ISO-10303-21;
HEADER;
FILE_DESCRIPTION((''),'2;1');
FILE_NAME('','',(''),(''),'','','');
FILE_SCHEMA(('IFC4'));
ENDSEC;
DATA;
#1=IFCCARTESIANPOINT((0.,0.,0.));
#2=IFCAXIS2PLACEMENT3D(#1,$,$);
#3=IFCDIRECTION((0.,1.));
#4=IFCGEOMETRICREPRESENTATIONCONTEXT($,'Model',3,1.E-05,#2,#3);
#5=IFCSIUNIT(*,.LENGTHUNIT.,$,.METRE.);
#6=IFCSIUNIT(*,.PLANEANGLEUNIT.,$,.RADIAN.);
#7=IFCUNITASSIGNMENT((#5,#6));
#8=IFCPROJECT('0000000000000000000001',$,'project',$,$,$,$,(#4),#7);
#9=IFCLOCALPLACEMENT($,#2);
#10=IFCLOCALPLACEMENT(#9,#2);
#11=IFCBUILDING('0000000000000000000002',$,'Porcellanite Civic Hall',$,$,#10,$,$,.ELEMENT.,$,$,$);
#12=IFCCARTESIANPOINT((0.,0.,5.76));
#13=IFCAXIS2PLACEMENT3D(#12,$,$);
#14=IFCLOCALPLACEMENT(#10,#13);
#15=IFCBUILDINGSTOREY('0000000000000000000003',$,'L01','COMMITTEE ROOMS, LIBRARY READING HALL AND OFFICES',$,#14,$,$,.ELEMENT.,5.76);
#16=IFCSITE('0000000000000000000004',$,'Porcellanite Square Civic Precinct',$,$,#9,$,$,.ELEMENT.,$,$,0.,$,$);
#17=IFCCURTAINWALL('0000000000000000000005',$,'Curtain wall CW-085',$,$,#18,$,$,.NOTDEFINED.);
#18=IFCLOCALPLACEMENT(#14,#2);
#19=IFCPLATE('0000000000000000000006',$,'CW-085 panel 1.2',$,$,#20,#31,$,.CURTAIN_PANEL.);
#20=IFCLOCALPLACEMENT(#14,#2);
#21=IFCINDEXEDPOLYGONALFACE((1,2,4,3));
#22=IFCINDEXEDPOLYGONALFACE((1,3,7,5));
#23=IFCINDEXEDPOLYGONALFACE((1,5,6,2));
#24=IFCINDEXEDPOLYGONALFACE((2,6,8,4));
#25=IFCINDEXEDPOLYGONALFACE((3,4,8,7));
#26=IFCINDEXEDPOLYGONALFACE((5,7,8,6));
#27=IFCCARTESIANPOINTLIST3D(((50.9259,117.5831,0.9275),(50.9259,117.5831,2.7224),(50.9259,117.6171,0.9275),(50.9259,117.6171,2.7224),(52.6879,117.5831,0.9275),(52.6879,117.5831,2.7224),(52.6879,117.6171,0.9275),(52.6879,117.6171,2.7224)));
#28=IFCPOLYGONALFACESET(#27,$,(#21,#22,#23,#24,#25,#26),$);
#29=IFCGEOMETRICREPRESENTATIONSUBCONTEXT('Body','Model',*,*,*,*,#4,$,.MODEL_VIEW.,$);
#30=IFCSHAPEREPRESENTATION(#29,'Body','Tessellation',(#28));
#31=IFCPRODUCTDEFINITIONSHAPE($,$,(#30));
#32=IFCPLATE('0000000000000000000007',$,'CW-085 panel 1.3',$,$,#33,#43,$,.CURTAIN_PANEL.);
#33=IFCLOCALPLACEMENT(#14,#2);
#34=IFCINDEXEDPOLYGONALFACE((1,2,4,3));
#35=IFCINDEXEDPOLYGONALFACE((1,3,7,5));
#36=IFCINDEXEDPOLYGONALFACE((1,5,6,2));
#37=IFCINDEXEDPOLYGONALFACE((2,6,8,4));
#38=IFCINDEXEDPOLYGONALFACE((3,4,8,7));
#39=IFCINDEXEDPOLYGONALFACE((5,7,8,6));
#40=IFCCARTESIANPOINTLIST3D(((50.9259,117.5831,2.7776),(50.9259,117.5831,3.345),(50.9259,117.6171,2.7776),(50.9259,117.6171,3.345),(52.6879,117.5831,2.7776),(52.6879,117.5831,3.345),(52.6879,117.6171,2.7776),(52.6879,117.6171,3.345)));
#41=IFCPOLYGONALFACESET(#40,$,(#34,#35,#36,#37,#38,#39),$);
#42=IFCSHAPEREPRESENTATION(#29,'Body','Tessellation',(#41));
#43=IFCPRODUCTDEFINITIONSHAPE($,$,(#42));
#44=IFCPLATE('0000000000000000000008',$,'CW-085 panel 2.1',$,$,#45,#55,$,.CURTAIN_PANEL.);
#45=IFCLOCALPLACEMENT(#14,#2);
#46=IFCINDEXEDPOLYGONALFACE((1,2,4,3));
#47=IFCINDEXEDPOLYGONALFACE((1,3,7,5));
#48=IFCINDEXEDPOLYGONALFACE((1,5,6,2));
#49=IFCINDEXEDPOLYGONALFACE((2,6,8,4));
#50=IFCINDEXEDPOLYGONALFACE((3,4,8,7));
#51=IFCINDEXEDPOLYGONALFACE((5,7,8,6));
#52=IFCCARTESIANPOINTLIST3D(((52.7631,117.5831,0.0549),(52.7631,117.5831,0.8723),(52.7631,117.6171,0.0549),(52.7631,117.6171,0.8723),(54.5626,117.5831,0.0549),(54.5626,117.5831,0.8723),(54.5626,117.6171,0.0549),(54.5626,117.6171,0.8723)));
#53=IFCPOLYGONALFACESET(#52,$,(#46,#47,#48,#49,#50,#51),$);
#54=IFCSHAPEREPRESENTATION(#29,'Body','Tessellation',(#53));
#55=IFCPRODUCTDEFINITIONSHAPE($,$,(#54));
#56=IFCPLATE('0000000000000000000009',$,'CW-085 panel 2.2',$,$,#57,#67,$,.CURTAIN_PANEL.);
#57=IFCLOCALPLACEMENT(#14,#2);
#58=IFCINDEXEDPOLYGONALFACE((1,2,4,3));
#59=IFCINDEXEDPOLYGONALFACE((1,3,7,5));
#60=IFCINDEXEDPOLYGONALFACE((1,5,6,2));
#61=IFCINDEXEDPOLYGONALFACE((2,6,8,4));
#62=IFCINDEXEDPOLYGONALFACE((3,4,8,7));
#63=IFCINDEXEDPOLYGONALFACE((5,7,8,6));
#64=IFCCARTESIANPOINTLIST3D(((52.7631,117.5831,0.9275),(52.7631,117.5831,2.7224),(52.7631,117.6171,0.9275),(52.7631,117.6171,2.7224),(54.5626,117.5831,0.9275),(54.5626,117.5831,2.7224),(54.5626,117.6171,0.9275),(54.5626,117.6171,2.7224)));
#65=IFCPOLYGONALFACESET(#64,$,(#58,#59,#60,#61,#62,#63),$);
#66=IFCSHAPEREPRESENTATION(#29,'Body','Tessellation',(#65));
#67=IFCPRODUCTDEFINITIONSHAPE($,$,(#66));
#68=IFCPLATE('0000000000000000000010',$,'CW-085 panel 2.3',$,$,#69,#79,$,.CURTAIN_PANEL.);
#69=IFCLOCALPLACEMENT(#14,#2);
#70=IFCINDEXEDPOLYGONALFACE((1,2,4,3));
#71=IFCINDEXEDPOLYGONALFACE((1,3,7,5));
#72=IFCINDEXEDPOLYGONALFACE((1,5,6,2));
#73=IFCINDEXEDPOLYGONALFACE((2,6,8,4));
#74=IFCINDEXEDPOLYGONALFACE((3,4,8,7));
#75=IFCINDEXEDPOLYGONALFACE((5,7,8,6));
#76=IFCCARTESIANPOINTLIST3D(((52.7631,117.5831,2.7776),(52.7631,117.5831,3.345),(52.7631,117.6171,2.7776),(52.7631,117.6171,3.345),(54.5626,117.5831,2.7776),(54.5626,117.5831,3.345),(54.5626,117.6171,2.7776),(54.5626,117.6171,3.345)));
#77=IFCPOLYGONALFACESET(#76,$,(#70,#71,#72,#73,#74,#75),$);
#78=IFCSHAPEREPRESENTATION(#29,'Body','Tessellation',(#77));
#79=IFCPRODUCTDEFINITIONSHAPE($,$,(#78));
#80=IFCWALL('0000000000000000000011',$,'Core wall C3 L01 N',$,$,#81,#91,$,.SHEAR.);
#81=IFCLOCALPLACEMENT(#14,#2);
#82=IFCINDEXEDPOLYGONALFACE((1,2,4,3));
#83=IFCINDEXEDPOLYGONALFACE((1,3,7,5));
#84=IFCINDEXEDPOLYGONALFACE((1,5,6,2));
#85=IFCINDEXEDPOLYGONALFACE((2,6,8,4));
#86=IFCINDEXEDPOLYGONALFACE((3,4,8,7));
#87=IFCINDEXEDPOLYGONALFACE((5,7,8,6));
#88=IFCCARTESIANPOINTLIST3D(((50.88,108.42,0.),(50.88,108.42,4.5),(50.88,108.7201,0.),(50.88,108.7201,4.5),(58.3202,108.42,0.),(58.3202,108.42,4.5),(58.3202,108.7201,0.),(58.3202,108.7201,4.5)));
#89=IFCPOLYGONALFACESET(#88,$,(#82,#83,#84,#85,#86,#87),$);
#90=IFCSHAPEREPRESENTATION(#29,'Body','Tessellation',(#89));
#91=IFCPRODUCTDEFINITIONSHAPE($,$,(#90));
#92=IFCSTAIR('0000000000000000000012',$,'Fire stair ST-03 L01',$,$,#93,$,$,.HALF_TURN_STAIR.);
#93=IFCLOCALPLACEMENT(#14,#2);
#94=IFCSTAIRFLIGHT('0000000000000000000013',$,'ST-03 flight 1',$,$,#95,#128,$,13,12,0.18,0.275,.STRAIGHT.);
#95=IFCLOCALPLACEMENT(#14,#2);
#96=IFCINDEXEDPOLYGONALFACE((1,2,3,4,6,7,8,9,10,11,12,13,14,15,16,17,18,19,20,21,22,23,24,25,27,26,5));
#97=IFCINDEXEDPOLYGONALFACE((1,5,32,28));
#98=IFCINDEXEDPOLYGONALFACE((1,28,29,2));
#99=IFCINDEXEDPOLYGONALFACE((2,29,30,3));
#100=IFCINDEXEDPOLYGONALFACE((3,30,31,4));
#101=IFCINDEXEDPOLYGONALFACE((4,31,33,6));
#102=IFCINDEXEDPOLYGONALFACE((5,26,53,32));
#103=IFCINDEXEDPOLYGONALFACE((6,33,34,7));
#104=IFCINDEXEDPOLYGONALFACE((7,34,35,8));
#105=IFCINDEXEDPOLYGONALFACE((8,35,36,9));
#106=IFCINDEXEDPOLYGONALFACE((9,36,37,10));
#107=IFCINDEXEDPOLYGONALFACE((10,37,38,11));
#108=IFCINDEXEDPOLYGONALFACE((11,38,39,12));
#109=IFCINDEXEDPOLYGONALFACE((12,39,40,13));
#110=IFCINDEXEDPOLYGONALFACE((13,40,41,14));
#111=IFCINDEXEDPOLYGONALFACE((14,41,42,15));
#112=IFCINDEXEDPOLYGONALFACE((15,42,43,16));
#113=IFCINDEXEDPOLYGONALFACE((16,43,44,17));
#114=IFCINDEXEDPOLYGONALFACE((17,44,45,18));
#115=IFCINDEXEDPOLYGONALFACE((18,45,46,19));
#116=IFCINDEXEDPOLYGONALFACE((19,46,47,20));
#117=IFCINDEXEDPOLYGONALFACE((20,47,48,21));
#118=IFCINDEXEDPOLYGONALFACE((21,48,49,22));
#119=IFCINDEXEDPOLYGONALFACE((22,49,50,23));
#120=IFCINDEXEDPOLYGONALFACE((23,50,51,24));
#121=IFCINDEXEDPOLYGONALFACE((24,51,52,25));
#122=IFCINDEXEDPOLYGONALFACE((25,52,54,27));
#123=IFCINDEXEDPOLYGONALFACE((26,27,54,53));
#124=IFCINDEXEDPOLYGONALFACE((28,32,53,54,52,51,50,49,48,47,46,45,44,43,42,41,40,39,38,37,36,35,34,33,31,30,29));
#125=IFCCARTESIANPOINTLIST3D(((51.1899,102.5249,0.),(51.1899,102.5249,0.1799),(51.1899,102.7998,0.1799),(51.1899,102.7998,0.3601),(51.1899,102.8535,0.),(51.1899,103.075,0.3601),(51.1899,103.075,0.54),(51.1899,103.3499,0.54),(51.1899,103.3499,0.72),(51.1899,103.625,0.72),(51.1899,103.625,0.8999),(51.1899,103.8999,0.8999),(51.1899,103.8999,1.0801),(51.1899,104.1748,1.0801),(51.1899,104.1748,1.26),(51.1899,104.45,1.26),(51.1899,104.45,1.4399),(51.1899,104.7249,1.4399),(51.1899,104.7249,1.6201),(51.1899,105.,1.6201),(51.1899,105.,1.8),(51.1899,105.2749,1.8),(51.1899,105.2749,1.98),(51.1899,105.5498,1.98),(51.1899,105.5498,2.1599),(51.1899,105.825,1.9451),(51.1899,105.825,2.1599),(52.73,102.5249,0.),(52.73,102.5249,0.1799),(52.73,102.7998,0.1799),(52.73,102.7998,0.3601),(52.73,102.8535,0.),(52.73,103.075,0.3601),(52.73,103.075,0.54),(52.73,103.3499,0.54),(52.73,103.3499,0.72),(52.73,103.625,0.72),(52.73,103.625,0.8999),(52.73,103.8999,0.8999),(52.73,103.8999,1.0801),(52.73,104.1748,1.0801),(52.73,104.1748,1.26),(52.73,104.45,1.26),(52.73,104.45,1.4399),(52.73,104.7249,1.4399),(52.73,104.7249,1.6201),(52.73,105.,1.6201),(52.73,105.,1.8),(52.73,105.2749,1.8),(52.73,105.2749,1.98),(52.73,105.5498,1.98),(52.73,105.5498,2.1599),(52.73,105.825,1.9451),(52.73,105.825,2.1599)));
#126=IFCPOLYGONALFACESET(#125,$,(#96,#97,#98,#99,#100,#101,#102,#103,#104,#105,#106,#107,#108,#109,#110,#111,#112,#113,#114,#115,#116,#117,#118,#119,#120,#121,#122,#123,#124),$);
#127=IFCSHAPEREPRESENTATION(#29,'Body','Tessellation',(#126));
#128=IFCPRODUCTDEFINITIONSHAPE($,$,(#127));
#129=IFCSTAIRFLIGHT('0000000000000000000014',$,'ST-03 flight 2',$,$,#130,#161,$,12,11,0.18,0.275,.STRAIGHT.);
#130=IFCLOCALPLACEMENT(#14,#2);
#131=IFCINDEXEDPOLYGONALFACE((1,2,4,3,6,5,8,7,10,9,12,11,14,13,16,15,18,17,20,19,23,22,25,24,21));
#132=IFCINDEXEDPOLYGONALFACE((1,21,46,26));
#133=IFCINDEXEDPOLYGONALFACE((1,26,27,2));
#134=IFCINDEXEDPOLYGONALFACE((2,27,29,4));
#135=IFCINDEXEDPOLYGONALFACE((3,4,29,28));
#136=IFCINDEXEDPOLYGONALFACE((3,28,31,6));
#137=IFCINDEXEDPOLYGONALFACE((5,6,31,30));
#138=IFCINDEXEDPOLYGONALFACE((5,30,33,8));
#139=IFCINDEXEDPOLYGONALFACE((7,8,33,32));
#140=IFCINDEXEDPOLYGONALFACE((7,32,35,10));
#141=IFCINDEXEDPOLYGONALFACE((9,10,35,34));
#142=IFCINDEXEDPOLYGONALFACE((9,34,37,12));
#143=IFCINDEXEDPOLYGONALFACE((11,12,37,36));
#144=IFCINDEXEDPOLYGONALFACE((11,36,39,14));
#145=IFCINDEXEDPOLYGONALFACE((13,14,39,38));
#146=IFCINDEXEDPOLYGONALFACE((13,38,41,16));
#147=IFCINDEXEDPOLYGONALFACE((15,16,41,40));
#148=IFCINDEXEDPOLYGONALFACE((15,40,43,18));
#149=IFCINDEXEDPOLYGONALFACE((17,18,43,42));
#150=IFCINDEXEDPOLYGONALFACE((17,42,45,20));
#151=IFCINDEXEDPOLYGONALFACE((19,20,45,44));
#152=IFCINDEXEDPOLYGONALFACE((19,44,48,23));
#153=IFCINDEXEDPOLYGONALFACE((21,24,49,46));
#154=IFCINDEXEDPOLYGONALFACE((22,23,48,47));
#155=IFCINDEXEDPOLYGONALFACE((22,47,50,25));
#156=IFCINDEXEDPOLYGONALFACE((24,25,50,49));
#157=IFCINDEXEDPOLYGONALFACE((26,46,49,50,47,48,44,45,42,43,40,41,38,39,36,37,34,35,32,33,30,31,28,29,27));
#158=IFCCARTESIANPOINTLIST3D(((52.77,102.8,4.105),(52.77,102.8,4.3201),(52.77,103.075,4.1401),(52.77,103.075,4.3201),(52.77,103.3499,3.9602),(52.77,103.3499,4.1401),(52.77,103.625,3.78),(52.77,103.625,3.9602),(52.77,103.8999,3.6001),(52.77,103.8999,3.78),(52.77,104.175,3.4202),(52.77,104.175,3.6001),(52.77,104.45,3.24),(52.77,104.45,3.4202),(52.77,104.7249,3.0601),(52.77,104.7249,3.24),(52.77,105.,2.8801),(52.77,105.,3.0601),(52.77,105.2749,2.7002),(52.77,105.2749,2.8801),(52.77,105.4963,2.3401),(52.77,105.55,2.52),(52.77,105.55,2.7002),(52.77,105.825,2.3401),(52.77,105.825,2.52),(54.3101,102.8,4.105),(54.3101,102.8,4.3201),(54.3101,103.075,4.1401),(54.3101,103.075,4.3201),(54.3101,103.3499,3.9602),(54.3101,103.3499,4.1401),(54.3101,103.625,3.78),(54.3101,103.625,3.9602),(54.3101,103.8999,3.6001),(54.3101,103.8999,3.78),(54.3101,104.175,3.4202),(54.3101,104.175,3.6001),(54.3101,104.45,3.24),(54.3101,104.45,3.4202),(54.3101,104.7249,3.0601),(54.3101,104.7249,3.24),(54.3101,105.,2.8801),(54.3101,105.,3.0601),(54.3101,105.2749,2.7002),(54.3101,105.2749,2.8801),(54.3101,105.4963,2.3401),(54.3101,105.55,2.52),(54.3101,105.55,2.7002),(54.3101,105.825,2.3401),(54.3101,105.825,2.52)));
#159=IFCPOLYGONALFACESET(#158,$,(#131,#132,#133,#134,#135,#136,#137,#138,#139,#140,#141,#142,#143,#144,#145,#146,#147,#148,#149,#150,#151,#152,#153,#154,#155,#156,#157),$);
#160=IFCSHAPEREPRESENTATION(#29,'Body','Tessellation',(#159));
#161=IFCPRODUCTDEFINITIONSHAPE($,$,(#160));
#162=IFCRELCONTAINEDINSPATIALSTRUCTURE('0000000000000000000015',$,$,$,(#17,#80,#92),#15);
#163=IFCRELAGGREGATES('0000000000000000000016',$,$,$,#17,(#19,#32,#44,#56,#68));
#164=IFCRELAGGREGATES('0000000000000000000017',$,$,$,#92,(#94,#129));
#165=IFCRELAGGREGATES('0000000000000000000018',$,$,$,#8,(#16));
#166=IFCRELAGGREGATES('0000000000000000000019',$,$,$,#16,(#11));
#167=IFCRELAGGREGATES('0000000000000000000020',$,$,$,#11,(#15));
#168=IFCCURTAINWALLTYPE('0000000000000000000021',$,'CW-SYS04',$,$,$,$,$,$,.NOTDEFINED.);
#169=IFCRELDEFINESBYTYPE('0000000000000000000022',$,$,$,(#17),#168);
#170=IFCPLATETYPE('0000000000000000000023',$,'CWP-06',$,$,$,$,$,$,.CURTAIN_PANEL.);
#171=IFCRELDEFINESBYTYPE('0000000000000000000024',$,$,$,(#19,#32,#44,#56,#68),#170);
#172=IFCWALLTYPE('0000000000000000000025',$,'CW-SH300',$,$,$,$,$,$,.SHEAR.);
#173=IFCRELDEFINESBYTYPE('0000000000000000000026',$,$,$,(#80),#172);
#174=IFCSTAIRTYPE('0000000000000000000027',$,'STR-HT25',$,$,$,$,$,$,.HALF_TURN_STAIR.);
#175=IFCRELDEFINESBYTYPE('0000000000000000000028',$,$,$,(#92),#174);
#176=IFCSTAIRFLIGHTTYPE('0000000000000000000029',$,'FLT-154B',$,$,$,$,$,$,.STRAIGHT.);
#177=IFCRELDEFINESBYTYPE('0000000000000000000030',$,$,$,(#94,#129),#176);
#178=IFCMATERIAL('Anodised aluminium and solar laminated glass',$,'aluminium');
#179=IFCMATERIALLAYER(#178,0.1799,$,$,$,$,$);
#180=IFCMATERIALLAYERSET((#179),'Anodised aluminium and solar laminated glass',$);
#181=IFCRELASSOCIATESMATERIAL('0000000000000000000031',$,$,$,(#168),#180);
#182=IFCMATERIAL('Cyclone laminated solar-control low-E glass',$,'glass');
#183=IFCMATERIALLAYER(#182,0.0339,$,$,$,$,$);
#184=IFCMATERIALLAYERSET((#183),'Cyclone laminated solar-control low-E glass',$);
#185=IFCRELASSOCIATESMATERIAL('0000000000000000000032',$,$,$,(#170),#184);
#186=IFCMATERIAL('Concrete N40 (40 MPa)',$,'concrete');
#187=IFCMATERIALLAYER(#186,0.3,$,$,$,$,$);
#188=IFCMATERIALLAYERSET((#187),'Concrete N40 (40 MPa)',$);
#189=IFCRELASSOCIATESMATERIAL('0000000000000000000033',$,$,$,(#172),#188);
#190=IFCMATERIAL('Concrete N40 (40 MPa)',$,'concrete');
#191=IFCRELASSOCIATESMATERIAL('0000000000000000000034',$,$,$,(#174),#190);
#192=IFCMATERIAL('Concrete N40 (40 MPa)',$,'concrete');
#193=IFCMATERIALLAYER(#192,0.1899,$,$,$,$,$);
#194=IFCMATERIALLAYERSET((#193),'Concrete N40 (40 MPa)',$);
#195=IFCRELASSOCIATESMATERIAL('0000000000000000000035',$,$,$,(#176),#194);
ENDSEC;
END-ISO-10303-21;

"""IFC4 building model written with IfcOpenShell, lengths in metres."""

from ifc_helpers import new_model, si_unit, direction, frame, frame_2d, origin, origin_2d, place, context, subcontext, project, spatial, polyline, rectangle, outline, extrude, material, layer, layer_set, type_object, element, aggregate, save


model = new_model("IFC4")

# Units and contexts
model_context = context("Model", 3, precision=1e-05, world=origin(), true_north=direction((0.0, 1.0)))
body_context = subcontext(model_context, "Body", "Model", "MODEL_VIEW")
ifc_project = project(units=[si_unit("LENGTHUNIT", "METRE"), si_unit("PLANEANGLEUNIT", "RADIAN")], contexts=[model_context])

# Site, building, storey
site_placement = place(None, origin())
site = spatial("IfcSite", under=ifc_project, at=site_placement, Name="Porcellanite Square Civic Precinct", CompositionType="ELEMENT", RefElevation=0.0)
building_placement = place(site_placement, origin())
building = spatial("IfcBuilding", under=site, at=building_placement, Name="Porcellanite Civic Hall", CompositionType="ELEMENT")
storey_placement = place(building_placement, frame((0.0, 0.0, 5.76)))
storey = spatial("IfcBuildingStorey", under=building, at=storey_placement, Name="L01", Description="COMMITTEE ROOMS, LIBRARY READING HALL AND OFFICES", CompositionType="ELEMENT", Elevation=5.76)

# Curtain wall
ifc_material_1 = material(Name="Anodised aluminium and solar laminated glass", Category="aluminium")
ifc_layer_1 = layer(ifc_material_1, 0.1799)
ifc_layer_set_1 = layer_set([ifc_layer_1], Name="Anodised aluminium and solar laminated glass")
curtain_wall_type = type_object("IfcCurtainWallType", Name="CW-SYS04", PredefinedType="NOTDEFINED", material=ifc_layer_set_1)
curtain_wall_placement = place(storey_placement, origin())
curtain_wall = element("IfcCurtainWall", 1, at=curtain_wall_placement, inside=storey, type_object=curtain_wall_type, Name="Curtain wall CW-085", PredefinedType="NOTDEFINED")

# Plates
ifc_material_2 = material(Name="Cyclone laminated solar-control low-E glass", Category="glass")
ifc_layer_2 = layer(ifc_material_2, 0.0339)
ifc_layer_set_2 = layer_set([ifc_layer_2], Name="Cyclone laminated solar-control low-E glass")
plate_type = type_object("IfcPlateType", Name="CWP-06", PredefinedType="CURTAIN_PANEL", material=ifc_layer_set_2)
plate_1_placement = place(storey_placement, frame((51.8069, 117.6001, 0.9275), z_axis=(0.0, 0.0, 1.0), x_axis=(1.0, 0.0, 0.0)))
plate_1 = element("IfcPlate", 2, at=plate_1_placement, type_object=plate_type, Name="CW-085 panel 1.2", PredefinedType="CURTAIN_PANEL", context=body_context, shape_type="SweptSolid", body=[
    extrude(rectangle(XDim=1.762, YDim=0.0339, at=origin_2d()), origin(), (0.0, 0.0, 1.0), 1.7949),
])
plate_2_placement = place(storey_placement, frame((51.8069, 117.6001, 2.7776), z_axis=(0.0, 0.0, 1.0), x_axis=(1.0, 0.0, 0.0)))
plate_2 = element("IfcPlate", 3, at=plate_2_placement, type_object=plate_type, Name="CW-085 panel 1.3", PredefinedType="CURTAIN_PANEL", context=body_context, shape_type="SweptSolid", body=[
    extrude(rectangle(XDim=1.762, YDim=0.0339, at=origin_2d()), origin(), (0.0, 0.0, 1.0), 0.5674),
])
plate_3_placement = place(storey_placement, frame((53.6628, 117.6001, 0.0549), z_axis=(0.0, 0.0, 1.0), x_axis=(1.0, 0.0, 0.0)))
plate_3 = element("IfcPlate", 4, at=plate_3_placement, type_object=plate_type, Name="CW-085 panel 2.1", PredefinedType="CURTAIN_PANEL", context=body_context, shape_type="SweptSolid", body=[
    extrude(rectangle(XDim=1.7996, YDim=0.0339, at=origin_2d()), origin(), (0.0, 0.0, 1.0), 0.8174),
])
plate_4_placement = place(storey_placement, frame((53.6628, 117.6001, 0.9275), z_axis=(0.0, 0.0, 1.0), x_axis=(1.0, 0.0, 0.0)))
plate_4 = element("IfcPlate", 5, at=plate_4_placement, type_object=plate_type, Name="CW-085 panel 2.2", PredefinedType="CURTAIN_PANEL", context=body_context, shape_type="SweptSolid", body=[
    extrude(rectangle(XDim=1.7996, YDim=0.0339, at=origin_2d()), origin(), (0.0, 0.0, 1.0), 1.7949),
])
plate_5_placement = place(storey_placement, frame((53.6628, 117.6001, 2.7776), z_axis=(0.0, 0.0, 1.0), x_axis=(1.0, 0.0, 0.0)))
plate_5 = element("IfcPlate", 6, at=plate_5_placement, type_object=plate_type, Name="CW-085 panel 2.3", PredefinedType="CURTAIN_PANEL", context=body_context, shape_type="SweptSolid", body=[
    extrude(rectangle(XDim=1.7996, YDim=0.0339, at=origin_2d()), origin(), (0.0, 0.0, 1.0), 0.5674),
])
aggregate(curtain_wall, [plate_1, plate_2, plate_3, plate_4, plate_5])

# Wall
ifc_material_3 = material(Name="Concrete N40 (40 MPa)", Category="concrete")
ifc_layer_3 = layer(ifc_material_3, 0.3)
ifc_layer_set_3 = layer_set([ifc_layer_3], Name="Concrete N40 (40 MPa)")
wall_type_1 = type_object("IfcWallType", Name="CW-SH300", PredefinedType="SHEAR", material=ifc_layer_set_3)
wall_1_placement = place(storey_placement, frame((50.8799, 108.5701, 0.0), z_axis=(0.0, 0.0, 1.0), x_axis=(1.0, 0.0, 0.0)))
element("IfcWall", 7, at=wall_1_placement, inside=storey, type_object=wall_type_1, Name="Core wall C3 L01 N", PredefinedType="SHEAR", context=body_context, shape_type="SweptSolid", body=[
    extrude(rectangle(XDim=7.4402, YDim=0.3, at=frame_2d((3.7202, 0.0))), origin(), (0.0, 0.0, 1.0), 4.5),
])

# Stair, stair flights
ifc_material_4 = material(Name="Concrete N40 (40 MPa)", Category="concrete")
stair_type = type_object("IfcStairType", Name="STR-HT25", PredefinedType="HALF_TURN_STAIR", material=ifc_material_4)
stair_placement = place(storey_placement, origin())
stair = element("IfcStair", 8, at=stair_placement, inside=storey, type_object=stair_type, Name="Fire stair ST-03 L01", PredefinedType="HALF_TURN_STAIR")
ifc_material_5 = material(Name="Concrete N40 (40 MPa)", Category="concrete")
ifc_layer_4 = layer(ifc_material_5, 0.1899)
ifc_layer_set_4 = layer_set([ifc_layer_4], Name="Concrete N40 (40 MPa)")
stair_flight_type = type_object("IfcStairFlightType", Name="FLT-154B", PredefinedType="STRAIGHT", material=ifc_layer_set_4)
stair_flight_1_placement = place(storey_placement, frame((51.96, 102.5249, 0.0), z_axis=(0.0, 0.0, 1.0), x_axis=(0.0, 1.0, 0.0)))
stair_flight_1 = element("IfcStairFlight", 9, at=stair_flight_1_placement, type_object=stair_flight_type, Name="ST-03 flight 1", NumberOfRisers=13, NumberOfTreads=12, PredefinedType="STRAIGHT", RiserHeight=0.18, TreadLength=0.275, context=body_context, shape_type="SweptSolid", body=[
    extrude(outline(polyline([(0.0, 0.0), (0.0, 0.1799), (0.2749, 0.1799), (0.2749, 0.3601), (0.55, 0.3601), (0.55, 0.54), (0.825, 0.54), (0.825, 0.72), (1.1001, 0.72), (1.1001, 0.8999), (1.375, 0.8999), (1.375, 1.0801), (1.6499, 1.0801), (1.6499, 1.26), (1.925, 1.26), (1.925, 1.4399), (2.2, 1.4399), (2.2, 1.6201), (2.4751, 1.6201), (2.4751, 1.8), (2.75, 1.8), (2.75, 1.98), (3.0249, 1.98), (3.0249, 2.1599), (3.3, 2.1599), (3.3, 2.3401), (3.3, 1.9451), (0.3286, 0.0), (0.0, 0.0)])), frame((0.0, 0.77, 0.0), z_axis=(0.0, -1.0, 0.0), x_axis=(1.0, 0.0, 0.0)), (0.0, 0.0, 1.0), 1.54),
])
stair_flight_2_placement = place(storey_placement, frame((53.54, 105.825, 2.3401), z_axis=(0.0, 0.0, 1.0), x_axis=(0.0, -1.0, 0.0)))
stair_flight_2 = element("IfcStairFlight", 10, at=stair_flight_2_placement, type_object=stair_flight_type, Name="ST-03 flight 2", NumberOfRisers=12, NumberOfTreads=11, PredefinedType="STRAIGHT", RiserHeight=0.18, TreadLength=0.275, context=body_context, shape_type="SweptSolid", body=[
    extrude(outline(polyline([(0.0, 0.0), (0.0, 0.1799), (0.2749, 0.1799), (0.2749, 0.3601), (0.55, 0.3601), (0.55, 0.54), (0.825, 0.54), (0.825, 0.72), (1.1001, 0.72), (1.1001, 0.8999), (1.375, 0.8999), (1.375, 1.0801), (1.6499, 1.0801), (1.6499, 1.26), (1.925, 1.26), (1.925, 1.4399), (2.2, 1.4399), (2.2, 1.6201), (2.4751, 1.6201), (2.4751, 1.8), (2.75, 1.8), (2.75, 1.98), (3.0249, 1.98), (3.0249, 2.1599), (3.0249, 1.7649), (0.3286, 0.0), (0.0, 0.0)])), frame((0.0, 0.77, 0.0), z_axis=(0.0, -1.0, 0.0), x_axis=(1.0, 0.0, 0.0)), (0.0, 0.0, 1.0), 1.54),
])
aggregate(stair, [stair_flight_1, stair_flight_2])

save(model, "model.ifc")
